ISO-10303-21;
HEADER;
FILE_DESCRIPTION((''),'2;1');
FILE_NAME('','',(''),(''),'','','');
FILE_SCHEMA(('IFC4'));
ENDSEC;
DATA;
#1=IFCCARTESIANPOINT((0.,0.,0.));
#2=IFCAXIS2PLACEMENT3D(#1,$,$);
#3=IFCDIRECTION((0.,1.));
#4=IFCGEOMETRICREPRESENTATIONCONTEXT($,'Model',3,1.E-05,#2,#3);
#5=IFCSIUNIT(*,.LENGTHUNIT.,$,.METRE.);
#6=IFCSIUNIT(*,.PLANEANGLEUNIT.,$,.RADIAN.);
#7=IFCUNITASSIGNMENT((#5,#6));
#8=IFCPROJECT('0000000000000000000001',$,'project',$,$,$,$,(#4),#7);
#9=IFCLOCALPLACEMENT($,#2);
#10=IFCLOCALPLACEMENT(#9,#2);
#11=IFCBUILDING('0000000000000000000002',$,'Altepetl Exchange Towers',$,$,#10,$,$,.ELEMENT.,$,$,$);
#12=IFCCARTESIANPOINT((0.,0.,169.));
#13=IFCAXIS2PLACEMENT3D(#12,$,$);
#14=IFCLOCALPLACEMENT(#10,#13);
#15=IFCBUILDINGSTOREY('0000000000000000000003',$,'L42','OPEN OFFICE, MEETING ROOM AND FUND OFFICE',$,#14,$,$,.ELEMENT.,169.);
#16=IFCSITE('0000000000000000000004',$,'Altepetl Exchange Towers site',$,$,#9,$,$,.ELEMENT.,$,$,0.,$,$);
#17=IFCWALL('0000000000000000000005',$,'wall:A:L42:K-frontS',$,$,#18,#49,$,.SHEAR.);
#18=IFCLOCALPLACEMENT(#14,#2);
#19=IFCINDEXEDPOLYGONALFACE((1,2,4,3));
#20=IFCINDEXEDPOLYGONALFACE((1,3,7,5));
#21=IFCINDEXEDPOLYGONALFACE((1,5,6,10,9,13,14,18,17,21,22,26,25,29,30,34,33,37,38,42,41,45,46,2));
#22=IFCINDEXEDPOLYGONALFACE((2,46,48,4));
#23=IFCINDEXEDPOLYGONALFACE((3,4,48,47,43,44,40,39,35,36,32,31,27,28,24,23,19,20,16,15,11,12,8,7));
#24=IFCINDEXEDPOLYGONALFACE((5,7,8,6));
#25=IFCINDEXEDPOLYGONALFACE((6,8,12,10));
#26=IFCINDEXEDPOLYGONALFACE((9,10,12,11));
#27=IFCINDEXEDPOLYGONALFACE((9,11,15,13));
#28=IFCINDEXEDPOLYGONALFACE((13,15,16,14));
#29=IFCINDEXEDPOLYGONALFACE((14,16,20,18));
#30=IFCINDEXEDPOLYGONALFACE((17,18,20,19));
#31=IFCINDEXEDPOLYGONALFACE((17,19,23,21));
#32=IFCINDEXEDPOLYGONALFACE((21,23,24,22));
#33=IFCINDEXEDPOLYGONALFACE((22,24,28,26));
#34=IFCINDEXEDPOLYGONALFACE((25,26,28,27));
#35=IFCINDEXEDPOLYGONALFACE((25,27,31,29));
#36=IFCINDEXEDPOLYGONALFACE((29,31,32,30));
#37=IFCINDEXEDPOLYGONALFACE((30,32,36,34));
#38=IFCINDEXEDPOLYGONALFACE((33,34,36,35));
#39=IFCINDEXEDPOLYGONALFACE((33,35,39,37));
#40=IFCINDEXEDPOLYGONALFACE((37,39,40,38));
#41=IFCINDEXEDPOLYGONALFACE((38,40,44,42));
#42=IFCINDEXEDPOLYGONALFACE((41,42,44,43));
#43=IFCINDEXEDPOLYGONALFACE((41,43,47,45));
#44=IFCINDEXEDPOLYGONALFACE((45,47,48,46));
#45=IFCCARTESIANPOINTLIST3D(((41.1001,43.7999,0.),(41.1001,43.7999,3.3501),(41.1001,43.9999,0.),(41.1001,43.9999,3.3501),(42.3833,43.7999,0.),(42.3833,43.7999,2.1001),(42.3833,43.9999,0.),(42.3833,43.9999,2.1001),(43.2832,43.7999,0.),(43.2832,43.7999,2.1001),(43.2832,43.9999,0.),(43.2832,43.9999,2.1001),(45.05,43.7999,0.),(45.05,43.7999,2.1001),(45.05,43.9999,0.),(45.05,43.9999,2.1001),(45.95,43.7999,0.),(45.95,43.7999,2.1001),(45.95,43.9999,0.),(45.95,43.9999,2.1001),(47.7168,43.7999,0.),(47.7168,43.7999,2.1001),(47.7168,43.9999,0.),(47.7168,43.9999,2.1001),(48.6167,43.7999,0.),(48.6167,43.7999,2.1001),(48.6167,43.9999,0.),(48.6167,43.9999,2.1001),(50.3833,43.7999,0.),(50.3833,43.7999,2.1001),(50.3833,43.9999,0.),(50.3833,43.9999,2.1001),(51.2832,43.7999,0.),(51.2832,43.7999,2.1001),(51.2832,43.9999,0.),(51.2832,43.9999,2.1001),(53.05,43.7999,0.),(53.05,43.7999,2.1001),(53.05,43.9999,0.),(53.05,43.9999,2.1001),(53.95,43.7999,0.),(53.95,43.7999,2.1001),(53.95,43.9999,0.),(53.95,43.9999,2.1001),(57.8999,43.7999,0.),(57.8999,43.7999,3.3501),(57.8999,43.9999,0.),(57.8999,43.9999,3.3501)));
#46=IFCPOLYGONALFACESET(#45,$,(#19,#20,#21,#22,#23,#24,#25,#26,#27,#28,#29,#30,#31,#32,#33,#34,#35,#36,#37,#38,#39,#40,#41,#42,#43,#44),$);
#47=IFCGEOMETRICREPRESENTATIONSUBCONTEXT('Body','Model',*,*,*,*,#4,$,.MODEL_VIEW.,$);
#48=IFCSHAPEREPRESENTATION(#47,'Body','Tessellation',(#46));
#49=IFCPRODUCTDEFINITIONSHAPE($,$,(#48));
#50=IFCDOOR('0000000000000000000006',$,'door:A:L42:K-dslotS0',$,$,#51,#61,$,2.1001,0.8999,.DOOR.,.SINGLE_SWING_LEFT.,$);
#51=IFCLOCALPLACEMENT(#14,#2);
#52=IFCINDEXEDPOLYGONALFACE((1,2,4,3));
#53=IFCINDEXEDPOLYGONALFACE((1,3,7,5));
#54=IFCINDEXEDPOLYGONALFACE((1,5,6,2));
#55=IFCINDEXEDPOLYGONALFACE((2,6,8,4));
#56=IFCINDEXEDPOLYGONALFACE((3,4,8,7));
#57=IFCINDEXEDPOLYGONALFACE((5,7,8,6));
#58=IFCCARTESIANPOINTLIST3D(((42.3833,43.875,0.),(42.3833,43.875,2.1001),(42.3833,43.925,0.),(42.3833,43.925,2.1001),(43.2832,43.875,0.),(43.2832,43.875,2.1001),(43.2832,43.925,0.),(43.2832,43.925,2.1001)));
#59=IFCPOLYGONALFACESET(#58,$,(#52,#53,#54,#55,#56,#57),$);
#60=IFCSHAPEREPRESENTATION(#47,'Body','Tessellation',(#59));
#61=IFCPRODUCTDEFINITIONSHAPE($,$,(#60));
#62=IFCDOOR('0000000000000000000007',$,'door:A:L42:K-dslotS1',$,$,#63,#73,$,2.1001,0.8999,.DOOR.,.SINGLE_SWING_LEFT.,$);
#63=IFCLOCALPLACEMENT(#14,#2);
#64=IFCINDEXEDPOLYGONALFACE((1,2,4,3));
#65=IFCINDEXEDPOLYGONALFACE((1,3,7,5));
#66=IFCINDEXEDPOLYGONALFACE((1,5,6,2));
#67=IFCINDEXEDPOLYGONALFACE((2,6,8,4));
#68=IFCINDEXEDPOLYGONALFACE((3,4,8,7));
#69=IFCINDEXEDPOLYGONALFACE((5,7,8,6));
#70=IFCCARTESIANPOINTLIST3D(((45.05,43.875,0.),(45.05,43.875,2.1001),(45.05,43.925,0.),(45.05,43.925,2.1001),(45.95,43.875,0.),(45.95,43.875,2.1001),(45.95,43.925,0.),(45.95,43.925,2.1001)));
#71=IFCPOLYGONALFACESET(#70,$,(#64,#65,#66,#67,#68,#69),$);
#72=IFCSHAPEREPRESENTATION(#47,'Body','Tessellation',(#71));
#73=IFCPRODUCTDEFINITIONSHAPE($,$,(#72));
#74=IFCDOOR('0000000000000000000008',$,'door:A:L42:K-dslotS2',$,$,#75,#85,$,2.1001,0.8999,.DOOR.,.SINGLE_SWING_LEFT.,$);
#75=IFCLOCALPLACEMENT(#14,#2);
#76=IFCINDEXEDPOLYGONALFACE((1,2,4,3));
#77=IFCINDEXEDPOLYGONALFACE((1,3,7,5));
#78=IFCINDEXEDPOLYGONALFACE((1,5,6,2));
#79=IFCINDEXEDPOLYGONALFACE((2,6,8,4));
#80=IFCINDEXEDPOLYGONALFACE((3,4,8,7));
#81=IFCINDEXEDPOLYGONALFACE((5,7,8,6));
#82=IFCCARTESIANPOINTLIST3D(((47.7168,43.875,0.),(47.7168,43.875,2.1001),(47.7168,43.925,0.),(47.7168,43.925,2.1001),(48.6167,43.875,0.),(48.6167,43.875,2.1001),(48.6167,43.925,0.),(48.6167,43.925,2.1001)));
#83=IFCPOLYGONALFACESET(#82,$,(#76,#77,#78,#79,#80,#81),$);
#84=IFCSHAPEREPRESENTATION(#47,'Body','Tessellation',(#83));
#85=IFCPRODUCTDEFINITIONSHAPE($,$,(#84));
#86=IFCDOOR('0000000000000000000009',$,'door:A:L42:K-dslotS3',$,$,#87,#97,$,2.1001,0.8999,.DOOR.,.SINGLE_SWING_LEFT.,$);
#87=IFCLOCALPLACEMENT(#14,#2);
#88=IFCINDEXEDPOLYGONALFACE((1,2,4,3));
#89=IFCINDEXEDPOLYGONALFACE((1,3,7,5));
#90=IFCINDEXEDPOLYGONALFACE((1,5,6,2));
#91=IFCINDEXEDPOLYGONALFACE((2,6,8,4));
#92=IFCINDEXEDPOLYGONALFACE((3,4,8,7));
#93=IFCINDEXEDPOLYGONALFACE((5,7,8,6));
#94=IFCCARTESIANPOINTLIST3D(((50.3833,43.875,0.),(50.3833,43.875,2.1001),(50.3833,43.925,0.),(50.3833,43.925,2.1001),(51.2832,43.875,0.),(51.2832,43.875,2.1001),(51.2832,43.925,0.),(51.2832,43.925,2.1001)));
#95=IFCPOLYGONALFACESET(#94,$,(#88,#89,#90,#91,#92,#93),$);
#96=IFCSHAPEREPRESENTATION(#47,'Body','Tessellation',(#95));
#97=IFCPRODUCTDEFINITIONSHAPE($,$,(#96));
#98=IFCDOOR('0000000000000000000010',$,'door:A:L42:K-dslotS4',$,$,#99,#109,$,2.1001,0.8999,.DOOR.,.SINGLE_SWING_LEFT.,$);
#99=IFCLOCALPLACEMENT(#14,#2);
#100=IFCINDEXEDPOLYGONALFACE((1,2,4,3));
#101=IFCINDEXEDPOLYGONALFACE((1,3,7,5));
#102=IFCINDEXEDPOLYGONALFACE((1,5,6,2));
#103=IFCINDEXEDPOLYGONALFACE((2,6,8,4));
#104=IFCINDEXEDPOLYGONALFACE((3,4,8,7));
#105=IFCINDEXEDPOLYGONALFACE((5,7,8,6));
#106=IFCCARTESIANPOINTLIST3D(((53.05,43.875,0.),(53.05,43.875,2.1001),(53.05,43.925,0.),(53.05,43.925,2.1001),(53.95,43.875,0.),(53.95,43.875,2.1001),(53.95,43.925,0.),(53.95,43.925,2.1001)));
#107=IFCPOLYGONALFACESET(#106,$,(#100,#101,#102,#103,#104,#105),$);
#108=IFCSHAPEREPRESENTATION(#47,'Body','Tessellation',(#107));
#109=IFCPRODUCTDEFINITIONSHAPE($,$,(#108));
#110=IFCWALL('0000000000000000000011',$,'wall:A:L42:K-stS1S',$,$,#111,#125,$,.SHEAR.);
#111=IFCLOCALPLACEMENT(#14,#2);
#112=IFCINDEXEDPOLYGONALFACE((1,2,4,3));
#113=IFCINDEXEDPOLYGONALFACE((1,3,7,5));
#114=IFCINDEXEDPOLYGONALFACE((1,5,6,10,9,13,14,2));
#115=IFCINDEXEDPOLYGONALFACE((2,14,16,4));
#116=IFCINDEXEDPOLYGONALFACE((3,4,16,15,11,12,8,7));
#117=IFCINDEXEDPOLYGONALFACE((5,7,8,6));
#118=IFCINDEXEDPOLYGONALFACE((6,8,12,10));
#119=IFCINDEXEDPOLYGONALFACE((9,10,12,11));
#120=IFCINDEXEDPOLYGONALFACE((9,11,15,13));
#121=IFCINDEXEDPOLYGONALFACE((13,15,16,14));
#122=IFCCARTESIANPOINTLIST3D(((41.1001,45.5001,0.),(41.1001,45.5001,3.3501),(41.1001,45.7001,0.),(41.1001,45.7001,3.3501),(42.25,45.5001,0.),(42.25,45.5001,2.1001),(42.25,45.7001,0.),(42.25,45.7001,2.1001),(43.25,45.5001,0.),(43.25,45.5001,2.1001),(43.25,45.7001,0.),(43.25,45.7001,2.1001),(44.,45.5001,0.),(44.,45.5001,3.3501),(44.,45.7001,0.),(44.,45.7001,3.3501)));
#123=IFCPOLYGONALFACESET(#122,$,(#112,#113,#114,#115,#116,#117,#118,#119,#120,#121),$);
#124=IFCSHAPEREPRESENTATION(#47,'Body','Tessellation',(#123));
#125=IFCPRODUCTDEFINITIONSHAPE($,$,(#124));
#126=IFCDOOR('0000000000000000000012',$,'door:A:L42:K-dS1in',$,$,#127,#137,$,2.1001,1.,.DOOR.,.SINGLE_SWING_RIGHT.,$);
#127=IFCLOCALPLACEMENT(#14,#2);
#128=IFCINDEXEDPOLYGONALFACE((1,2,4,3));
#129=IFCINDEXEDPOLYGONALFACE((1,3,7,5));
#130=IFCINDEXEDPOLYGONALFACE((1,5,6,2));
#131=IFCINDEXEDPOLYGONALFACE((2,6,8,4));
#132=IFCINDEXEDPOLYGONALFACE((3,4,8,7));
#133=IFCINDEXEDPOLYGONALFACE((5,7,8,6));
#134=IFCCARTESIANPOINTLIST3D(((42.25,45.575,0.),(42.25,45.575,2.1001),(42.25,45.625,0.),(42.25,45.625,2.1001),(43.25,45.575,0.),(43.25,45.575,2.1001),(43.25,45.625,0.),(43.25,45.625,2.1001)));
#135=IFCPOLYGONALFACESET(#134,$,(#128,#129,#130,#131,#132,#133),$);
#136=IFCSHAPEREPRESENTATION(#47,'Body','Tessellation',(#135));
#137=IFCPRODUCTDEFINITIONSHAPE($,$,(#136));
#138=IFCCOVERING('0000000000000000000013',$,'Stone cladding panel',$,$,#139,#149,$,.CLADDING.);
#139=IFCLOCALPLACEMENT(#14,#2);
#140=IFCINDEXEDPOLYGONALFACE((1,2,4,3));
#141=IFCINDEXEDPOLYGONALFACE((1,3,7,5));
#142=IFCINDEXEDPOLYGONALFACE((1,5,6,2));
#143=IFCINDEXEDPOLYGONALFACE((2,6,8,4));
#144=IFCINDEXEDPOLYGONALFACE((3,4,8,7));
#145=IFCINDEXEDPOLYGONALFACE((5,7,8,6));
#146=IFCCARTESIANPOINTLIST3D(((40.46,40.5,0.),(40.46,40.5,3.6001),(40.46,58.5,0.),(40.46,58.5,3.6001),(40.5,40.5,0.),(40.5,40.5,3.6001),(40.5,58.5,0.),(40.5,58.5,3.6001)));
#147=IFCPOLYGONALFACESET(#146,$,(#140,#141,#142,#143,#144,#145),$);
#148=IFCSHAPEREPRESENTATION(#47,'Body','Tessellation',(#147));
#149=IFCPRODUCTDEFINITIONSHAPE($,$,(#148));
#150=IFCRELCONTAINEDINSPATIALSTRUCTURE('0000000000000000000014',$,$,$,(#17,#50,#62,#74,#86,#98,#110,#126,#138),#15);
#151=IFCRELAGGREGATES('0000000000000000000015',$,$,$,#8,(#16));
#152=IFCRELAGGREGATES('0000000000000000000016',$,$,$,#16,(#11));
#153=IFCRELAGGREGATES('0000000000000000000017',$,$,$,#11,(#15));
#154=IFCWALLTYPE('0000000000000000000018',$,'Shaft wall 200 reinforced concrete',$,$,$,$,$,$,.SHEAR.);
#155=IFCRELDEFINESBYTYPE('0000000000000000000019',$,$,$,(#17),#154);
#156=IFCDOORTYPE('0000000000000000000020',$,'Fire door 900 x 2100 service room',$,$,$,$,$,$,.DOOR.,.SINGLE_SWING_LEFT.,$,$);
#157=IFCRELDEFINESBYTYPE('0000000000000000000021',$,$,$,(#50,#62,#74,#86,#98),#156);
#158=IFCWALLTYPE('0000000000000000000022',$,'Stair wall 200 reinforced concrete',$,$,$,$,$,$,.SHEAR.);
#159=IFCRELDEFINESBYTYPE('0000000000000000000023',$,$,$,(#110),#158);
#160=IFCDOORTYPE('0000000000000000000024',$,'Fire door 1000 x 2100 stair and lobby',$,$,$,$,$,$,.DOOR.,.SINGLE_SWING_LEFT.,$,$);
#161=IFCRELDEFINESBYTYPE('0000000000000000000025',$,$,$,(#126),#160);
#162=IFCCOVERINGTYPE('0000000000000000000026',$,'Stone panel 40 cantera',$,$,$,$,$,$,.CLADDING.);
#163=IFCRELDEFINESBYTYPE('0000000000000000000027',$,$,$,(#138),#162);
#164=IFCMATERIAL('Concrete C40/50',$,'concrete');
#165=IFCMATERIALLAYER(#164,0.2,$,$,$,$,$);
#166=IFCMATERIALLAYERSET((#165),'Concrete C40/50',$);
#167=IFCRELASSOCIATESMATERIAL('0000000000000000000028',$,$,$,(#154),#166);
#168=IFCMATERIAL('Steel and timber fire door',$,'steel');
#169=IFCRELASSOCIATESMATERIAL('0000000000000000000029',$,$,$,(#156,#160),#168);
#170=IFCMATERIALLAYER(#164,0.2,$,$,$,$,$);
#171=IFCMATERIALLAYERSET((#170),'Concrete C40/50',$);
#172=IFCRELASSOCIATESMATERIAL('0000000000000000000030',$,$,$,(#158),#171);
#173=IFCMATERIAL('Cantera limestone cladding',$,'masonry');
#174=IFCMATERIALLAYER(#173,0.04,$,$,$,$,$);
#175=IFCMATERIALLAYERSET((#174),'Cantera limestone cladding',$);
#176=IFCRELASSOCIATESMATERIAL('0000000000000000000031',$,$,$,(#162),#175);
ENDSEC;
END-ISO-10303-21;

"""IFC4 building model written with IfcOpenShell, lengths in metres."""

from ifc_helpers import new_model, si_unit, direction, frame, frame_2d, origin, origin_2d, place, context, subcontext, project, spatial, rectangle, extrude, material, layer, layer_set, type_object, element, fill, save


model = new_model("IFC4")

# Units and contexts
model_context = context("Model", 3, precision=1e-05, world=origin(), true_north=direction((0.0, 1.0)))
body_context = subcontext(model_context, "Body", "Model", "MODEL_VIEW")
ifc_project = project(units=[si_unit("LENGTHUNIT", "METRE"), si_unit("PLANEANGLEUNIT", "RADIAN")], contexts=[model_context])

# Site, building, storey
site_placement = place(None, origin())
site = spatial("IfcSite", under=ifc_project, at=site_placement, Name="Altepetl Exchange Towers site", CompositionType="ELEMENT", RefElevation=0.0)
building_placement = place(site_placement, origin())
building = spatial("IfcBuilding", under=site, at=building_placement, Name="Altepetl Exchange Towers", CompositionType="ELEMENT")
storey_placement = place(building_placement, frame((0.0, 0.0, 169.0)))
storey = spatial("IfcBuildingStorey", under=building, at=storey_placement, Name="L42", Description="OPEN OFFICE, MEETING ROOM AND FUND OFFICE", CompositionType="ELEMENT", Elevation=169.0)

# Wall, openings, doors
ifc_material_1 = material(Name="Concrete C40/50", Category="concrete")
ifc_layer_1 = layer(ifc_material_1, 0.2)
ifc_layer_set_1 = layer_set([ifc_layer_1], Name="Concrete C40/50")
wall_type_1 = type_object("IfcWallType", Name="Shaft wall 200 reinforced concrete", PredefinedType="SHEAR", material=ifc_layer_set_1)
wall_1_placement = place(storey_placement, frame((41.1001, 43.8999, 0.0)))
wall_1 = element("IfcWall", 1, at=wall_1_placement, inside=storey, type_object=wall_type_1, Name="wall:A:L42:K-frontS", PredefinedType="SHEAR", context=body_context, shape_type="SweptSolid", body=[
    extrude(rectangle(XDim=16.7998, YDim=0.2, at=frame_2d((8.3999, 0.0))), origin(), (0.0, 0.0, 1.0), 3.3501),
])
opening_1_placement = place(wall_1_placement, frame((1.2832, 0.0, 0.0)))
opening_1 = element("IfcOpeningElement", 2, at=opening_1_placement, cuts=wall_1, PredefinedType="OPENING", context=body_context, shape_type="SweptSolid", body=[
    extrude(rectangle(XDim=0.8999, YDim=2.1001, at=frame_2d((0.45, 1.05))), frame((0.0, 0.1099, 0.0), z_axis=(0.0, -1.0, 0.0), x_axis=(1.0, 0.0, 0.0)), (0.0, 0.0, 1.0), 0.22),
])
opening_2_placement = place(wall_1_placement, frame((3.95, 0.0, 0.0)))
opening_2 = element("IfcOpeningElement", 3, at=opening_2_placement, cuts=wall_1, PredefinedType="OPENING", context=body_context, shape_type="SweptSolid", body=[
    extrude(rectangle(XDim=0.8999, YDim=2.1001, at=frame_2d((0.45, 1.05))), frame((0.0, 0.1099, 0.0), z_axis=(0.0, -1.0, 0.0), x_axis=(1.0, 0.0, 0.0)), (0.0, 0.0, 1.0), 0.22),
])
opening_3_placement = place(wall_1_placement, frame((6.6167, 0.0, 0.0)))
opening_3 = element("IfcOpeningElement", 4, at=opening_3_placement, cuts=wall_1, PredefinedType="OPENING", context=body_context, shape_type="SweptSolid", body=[
    extrude(rectangle(XDim=0.8999, YDim=2.1001, at=frame_2d((0.45, 1.05))), frame((0.0, 0.1099, 0.0), z_axis=(0.0, -1.0, 0.0), x_axis=(1.0, 0.0, 0.0)), (0.0, 0.0, 1.0), 0.22),
])
opening_4_placement = place(wall_1_placement, frame((9.2832, 0.0, 0.0)))
opening_4 = element("IfcOpeningElement", 5, at=opening_4_placement, cuts=wall_1, PredefinedType="OPENING", context=body_context, shape_type="SweptSolid", body=[
    extrude(rectangle(XDim=0.8999, YDim=2.1001, at=frame_2d((0.45, 1.05))), frame((0.0, 0.1099, 0.0), z_axis=(0.0, -1.0, 0.0), x_axis=(1.0, 0.0, 0.0)), (0.0, 0.0, 1.0), 0.22),
])
opening_5_placement = place(wall_1_placement, frame((11.95, 0.0, 0.0)))
opening_5 = element("IfcOpeningElement", 6, at=opening_5_placement, cuts=wall_1, PredefinedType="OPENING", context=body_context, shape_type="SweptSolid", body=[
    extrude(rectangle(XDim=0.8999, YDim=2.1001, at=frame_2d((0.45, 1.05))), frame((0.0, 0.1099, 0.0), z_axis=(0.0, -1.0, 0.0), x_axis=(1.0, 0.0, 0.0)), (0.0, 0.0, 1.0), 0.22),
])
ifc_material_2 = material(Name="Steel and timber fire door", Category="steel")
door_type_1 = type_object("IfcDoorType", Name="Fire door 900 x 2100 service room", OperationType="SINGLE_SWING_LEFT", PredefinedType="DOOR", material=ifc_material_2)
door_1_placement = place(opening_1_placement, frame((0.8999, 0.0, 0.0), x_axis=(-1.0, 0.0, 0.0)))
door_1 = element("IfcDoor", 7, at=door_1_placement, inside=storey, type_object=door_type_1, Name="door:A:L42:K-dslotS0", OperationType="SINGLE_SWING_LEFT", OverallHeight=2.1001, OverallWidth=0.8999, PredefinedType="DOOR", context=body_context, shape_type="SweptSolid", body=[
    extrude(rectangle(XDim=0.8999, YDim=2.1001, at=frame_2d((0.45, 1.05))), frame((0.0, 0.0249, 0.0), z_axis=(0.0, -1.0, 0.0), x_axis=(1.0, 0.0, 0.0)), (0.0, 0.0, 1.0), 0.05),
])
fill(opening_1, door_1)
door_2_placement = place(opening_2_placement, frame((0.8999, 0.0, 0.0), x_axis=(-1.0, 0.0, 0.0)))
door_2 = element("IfcDoor", 8, at=door_2_placement, inside=storey, type_object=door_type_1, Name="door:A:L42:K-dslotS1", OperationType="SINGLE_SWING_LEFT", OverallHeight=2.1001, OverallWidth=0.8999, PredefinedType="DOOR", context=body_context, shape_type="SweptSolid", body=[
    extrude(rectangle(XDim=0.8999, YDim=2.1001, at=frame_2d((0.45, 1.05))), frame((0.0, 0.0249, 0.0), z_axis=(0.0, -1.0, 0.0), x_axis=(1.0, 0.0, 0.0)), (0.0, 0.0, 1.0), 0.05),
])
fill(opening_2, door_2)
door_3_placement = place(opening_3_placement, frame((0.8999, 0.0, 0.0), x_axis=(-1.0, 0.0, 0.0)))
door_3 = element("IfcDoor", 9, at=door_3_placement, inside=storey, type_object=door_type_1, Name="door:A:L42:K-dslotS2", OperationType="SINGLE_SWING_LEFT", OverallHeight=2.1001, OverallWidth=0.8999, PredefinedType="DOOR", context=body_context, shape_type="SweptSolid", body=[
    extrude(rectangle(XDim=0.8999, YDim=2.1001, at=frame_2d((0.45, 1.05))), frame((0.0, 0.0249, 0.0), z_axis=(0.0, -1.0, 0.0), x_axis=(1.0, 0.0, 0.0)), (0.0, 0.0, 1.0), 0.05),
])
fill(opening_3, door_3)
door_4_placement = place(opening_4_placement, frame((0.8999, 0.0, 0.0), x_axis=(-1.0, 0.0, 0.0)))
door_4 = element("IfcDoor", 10, at=door_4_placement, inside=storey, type_object=door_type_1, Name="door:A:L42:K-dslotS3", OperationType="SINGLE_SWING_LEFT", OverallHeight=2.1001, OverallWidth=0.8999, PredefinedType="DOOR", context=body_context, shape_type="SweptSolid", body=[
    extrude(rectangle(XDim=0.8999, YDim=2.1001, at=frame_2d((0.45, 1.05))), frame((0.0, 0.0249, 0.0), z_axis=(0.0, -1.0, 0.0), x_axis=(1.0, 0.0, 0.0)), (0.0, 0.0, 1.0), 0.05),
])
fill(opening_4, door_4)
door_5_placement = place(opening_5_placement, frame((0.8999, 0.0, 0.0), x_axis=(-1.0, 0.0, 0.0)))
door_5 = element("IfcDoor", 11, at=door_5_placement, inside=storey, type_object=door_type_1, Name="door:A:L42:K-dslotS4", OperationType="SINGLE_SWING_LEFT", OverallHeight=2.1001, OverallWidth=0.8999, PredefinedType="DOOR", context=body_context, shape_type="SweptSolid", body=[
    extrude(rectangle(XDim=0.8999, YDim=2.1001, at=frame_2d((0.45, 1.05))), frame((0.0, 0.0249, 0.0), z_axis=(0.0, -1.0, 0.0), x_axis=(1.0, 0.0, 0.0)), (0.0, 0.0, 1.0), 0.05),
])
fill(opening_5, door_5)

# Wall, opening, door
ifc_layer_2 = layer(ifc_material_1, 0.2)
ifc_layer_set_2 = layer_set([ifc_layer_2], Name="Concrete C40/50")
wall_type_2 = type_object("IfcWallType", Name="Stair wall 200 reinforced concrete", PredefinedType="SHEAR", material=ifc_layer_set_2)
wall_2_placement = place(storey_placement, frame((41.1001, 45.6001, 0.0)))
wall_2 = element("IfcWall", 12, at=wall_2_placement, inside=storey, type_object=wall_type_2, Name="wall:A:L42:K-stS1S", PredefinedType="SHEAR", context=body_context, shape_type="SweptSolid", body=[
    extrude(rectangle(XDim=2.8999, YDim=0.2, at=frame_2d((1.45, 0.0))), origin(), (0.0, 0.0, 1.0), 3.3501),
])
opening_6_placement = place(wall_2_placement, frame((1.1499, 0.0, 0.0)))
opening_6 = element("IfcOpeningElement", 13, at=opening_6_placement, cuts=wall_2, PredefinedType="OPENING", context=body_context, shape_type="SweptSolid", body=[
    extrude(rectangle(XDim=1.0, YDim=2.1001, at=frame_2d((0.5, 1.05))), frame((0.0, 0.1099, 0.0), z_axis=(0.0, -1.0, 0.0), x_axis=(1.0, 0.0, 0.0)), (0.0, 0.0, 1.0), 0.22),
])
door_type_2 = type_object("IfcDoorType", Name="Fire door 1000 x 2100 stair and lobby", OperationType="SINGLE_SWING_LEFT", PredefinedType="DOOR", material=ifc_material_2)
door_6_placement = place(opening_6_placement, origin())
door_6 = element("IfcDoor", 14, at=door_6_placement, inside=storey, type_object=door_type_2, Name="door:A:L42:K-dS1in", OperationType="SINGLE_SWING_RIGHT", OverallHeight=2.1001, OverallWidth=1.0, PredefinedType="DOOR", context=body_context, shape_type="SweptSolid", body=[
    extrude(rectangle(XDim=1.0, YDim=2.1001, at=frame_2d((0.5, 1.05))), frame((0.0, 0.0249, 0.0), z_axis=(0.0, -1.0, 0.0), x_axis=(1.0, 0.0, 0.0)), (0.0, 0.0, 1.0), 0.05),
])
fill(opening_6, door_6)

# Covering
ifc_material_3 = material(Name="Cantera limestone cladding", Category="masonry")
ifc_layer_3 = layer(ifc_material_3, 0.04)
ifc_layer_set_3 = layer_set([ifc_layer_3], Name="Cantera limestone cladding")
covering_type = type_object("IfcCoveringType", Name="Stone panel 40 cantera", PredefinedType="CLADDING", material=ifc_layer_set_3)
covering_placement = place(storey_placement, frame((40.48, 49.5, 0.0), z_axis=(0.0, 0.0, 1.0), x_axis=(0.0, -1.0, 0.0)))
element("IfcCovering", 15, at=covering_placement, inside=storey, type_object=covering_type, Name="Stone cladding panel", PredefinedType="CLADDING", context=body_context, shape_type="SweptSolid", body=[
    extrude(rectangle(XDim=18.0, YDim=0.04, at=origin_2d()), origin(), (0.0, 0.0, 1.0), 3.6001),
])

save(model, "model.ifc")
